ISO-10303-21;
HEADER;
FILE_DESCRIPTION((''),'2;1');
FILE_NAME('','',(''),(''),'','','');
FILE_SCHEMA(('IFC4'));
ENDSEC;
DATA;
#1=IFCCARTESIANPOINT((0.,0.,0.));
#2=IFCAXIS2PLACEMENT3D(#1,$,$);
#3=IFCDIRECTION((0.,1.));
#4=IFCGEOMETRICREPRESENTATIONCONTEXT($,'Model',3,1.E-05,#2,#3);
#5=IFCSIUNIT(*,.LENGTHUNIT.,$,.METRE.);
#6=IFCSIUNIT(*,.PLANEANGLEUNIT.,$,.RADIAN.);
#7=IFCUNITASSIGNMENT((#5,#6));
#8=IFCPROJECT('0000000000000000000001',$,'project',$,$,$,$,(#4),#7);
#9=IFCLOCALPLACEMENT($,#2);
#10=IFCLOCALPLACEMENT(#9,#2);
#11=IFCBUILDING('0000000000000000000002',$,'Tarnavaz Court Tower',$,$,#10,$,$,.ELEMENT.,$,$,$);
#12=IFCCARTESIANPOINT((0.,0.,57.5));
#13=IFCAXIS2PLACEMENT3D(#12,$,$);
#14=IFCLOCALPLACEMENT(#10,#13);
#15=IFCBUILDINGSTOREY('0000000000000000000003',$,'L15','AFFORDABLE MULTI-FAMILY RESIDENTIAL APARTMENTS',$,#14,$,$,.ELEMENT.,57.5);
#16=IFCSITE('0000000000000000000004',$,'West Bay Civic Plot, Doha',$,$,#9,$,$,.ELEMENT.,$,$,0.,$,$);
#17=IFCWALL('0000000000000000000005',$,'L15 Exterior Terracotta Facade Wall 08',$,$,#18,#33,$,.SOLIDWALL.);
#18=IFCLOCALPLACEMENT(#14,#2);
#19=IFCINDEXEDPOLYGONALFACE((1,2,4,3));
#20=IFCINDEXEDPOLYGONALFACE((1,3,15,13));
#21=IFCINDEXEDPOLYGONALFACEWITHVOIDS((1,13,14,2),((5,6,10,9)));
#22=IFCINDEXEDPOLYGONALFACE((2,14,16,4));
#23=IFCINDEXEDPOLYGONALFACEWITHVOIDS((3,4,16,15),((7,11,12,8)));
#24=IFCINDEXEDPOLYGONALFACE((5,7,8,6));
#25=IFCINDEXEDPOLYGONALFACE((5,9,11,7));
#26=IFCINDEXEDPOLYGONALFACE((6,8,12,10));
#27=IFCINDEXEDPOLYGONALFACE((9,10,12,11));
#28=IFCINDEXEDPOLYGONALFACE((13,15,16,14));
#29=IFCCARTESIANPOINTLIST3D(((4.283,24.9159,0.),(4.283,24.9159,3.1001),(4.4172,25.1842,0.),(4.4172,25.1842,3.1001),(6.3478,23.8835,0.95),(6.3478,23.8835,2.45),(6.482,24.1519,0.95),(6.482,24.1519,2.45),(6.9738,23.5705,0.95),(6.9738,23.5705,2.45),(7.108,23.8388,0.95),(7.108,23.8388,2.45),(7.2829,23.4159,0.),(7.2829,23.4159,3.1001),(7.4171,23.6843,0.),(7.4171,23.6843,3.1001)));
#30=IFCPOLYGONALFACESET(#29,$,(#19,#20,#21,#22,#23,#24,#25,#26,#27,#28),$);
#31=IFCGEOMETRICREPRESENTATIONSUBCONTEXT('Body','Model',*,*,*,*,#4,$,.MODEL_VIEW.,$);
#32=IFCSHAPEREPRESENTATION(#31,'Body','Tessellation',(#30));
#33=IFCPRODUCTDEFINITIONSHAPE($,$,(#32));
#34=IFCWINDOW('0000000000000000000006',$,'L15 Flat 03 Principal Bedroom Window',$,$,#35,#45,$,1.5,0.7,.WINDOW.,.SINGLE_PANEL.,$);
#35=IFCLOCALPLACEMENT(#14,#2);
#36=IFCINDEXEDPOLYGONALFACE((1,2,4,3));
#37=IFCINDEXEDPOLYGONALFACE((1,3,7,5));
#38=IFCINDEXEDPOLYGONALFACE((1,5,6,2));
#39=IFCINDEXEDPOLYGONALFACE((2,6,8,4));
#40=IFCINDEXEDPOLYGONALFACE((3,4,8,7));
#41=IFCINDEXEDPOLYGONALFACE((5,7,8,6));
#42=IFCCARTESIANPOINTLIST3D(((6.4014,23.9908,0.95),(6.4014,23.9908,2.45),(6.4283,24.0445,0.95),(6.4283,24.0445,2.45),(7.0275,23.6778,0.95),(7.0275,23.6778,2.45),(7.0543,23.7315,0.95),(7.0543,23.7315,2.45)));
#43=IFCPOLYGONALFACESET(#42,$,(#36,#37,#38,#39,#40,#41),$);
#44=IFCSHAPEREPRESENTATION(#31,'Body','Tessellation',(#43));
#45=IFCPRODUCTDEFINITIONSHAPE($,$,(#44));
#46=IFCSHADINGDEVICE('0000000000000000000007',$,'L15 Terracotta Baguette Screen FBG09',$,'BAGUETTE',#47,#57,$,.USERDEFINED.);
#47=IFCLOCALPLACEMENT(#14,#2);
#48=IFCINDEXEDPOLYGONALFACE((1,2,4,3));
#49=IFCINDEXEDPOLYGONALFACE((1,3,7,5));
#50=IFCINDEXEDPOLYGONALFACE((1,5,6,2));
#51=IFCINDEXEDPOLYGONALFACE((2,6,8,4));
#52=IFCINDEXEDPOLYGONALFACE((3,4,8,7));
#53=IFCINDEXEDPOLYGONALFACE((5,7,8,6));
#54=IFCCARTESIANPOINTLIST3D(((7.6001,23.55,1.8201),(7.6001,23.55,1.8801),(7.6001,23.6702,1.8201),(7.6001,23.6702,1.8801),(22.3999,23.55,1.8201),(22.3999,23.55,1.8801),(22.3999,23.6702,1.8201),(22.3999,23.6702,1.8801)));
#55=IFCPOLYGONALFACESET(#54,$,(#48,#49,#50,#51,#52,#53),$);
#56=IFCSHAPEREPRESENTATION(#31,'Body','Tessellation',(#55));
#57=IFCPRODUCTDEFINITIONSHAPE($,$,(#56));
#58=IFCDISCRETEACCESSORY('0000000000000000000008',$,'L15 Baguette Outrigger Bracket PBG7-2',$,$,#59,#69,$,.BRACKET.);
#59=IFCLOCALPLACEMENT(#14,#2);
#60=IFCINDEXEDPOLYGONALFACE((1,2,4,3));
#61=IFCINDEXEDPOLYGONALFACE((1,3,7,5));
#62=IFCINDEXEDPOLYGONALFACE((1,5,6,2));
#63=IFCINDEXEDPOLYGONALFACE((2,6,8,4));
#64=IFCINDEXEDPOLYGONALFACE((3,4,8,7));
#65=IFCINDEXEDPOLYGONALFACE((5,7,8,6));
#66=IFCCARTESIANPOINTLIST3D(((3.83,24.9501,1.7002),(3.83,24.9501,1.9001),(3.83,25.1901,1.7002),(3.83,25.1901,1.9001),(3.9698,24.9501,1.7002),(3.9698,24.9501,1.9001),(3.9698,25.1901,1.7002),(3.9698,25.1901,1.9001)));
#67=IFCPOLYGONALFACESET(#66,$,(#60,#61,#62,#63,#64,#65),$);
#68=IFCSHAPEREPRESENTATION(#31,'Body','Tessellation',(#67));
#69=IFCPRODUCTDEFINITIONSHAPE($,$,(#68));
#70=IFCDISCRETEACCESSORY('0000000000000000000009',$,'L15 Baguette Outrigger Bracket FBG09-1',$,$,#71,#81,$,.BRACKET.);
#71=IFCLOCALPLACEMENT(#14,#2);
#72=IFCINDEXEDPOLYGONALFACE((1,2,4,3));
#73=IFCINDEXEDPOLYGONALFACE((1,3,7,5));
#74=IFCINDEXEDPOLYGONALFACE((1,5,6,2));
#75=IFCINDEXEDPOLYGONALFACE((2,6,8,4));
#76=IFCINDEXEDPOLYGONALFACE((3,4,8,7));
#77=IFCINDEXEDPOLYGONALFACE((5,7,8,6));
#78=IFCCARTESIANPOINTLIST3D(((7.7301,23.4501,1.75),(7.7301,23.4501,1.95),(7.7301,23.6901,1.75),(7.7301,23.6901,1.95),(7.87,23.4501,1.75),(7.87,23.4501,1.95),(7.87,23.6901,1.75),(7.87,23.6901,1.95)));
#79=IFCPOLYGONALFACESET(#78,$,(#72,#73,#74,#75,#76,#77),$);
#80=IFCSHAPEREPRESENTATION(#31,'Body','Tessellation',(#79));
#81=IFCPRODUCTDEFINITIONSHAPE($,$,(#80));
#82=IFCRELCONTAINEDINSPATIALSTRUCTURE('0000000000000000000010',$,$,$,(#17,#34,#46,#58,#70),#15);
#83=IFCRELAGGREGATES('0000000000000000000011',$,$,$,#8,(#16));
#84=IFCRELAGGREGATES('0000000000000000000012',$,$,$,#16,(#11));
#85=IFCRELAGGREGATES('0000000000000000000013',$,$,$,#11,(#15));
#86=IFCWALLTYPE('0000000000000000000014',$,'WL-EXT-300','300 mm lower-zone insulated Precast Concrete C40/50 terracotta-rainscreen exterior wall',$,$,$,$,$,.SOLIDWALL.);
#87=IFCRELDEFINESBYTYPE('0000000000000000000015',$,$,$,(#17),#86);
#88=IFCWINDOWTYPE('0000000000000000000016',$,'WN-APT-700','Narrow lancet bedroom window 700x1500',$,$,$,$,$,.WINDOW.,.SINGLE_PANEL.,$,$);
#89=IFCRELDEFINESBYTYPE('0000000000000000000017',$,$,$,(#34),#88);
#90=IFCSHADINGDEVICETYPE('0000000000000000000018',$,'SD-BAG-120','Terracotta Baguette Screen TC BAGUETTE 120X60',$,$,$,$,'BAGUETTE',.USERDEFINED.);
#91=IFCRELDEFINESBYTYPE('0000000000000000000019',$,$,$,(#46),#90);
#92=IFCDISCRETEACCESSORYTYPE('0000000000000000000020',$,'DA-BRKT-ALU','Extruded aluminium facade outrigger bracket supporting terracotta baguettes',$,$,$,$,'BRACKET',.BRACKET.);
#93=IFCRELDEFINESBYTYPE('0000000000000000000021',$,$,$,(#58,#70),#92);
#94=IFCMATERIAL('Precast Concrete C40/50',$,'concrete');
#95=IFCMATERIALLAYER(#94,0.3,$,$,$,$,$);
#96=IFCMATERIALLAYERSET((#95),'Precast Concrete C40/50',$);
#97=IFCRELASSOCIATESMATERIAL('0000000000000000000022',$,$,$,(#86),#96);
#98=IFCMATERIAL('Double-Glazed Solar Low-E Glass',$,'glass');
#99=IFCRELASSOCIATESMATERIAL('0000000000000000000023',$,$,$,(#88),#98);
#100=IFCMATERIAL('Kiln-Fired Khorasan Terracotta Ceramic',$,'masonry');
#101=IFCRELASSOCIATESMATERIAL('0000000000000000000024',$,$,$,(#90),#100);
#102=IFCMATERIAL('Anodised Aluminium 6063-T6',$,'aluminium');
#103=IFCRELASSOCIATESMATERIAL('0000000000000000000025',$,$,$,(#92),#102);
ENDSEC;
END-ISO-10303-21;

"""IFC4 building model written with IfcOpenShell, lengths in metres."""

from ifc_helpers import new_model, si_unit, direction, frame, frame_2d, origin, origin_2d, place, context, subcontext, project, spatial, rectangle, extrude, material, layer, layer_set, material_profile, profile_set, type_object, element, fill, save


model = new_model("IFC4")

# Units and contexts
model_context = context("Model", 3, precision=1e-05, world=origin(), true_north=direction((0.0, 1.0)))
body_context = subcontext(model_context, "Body", "Model", "MODEL_VIEW")
ifc_project = project(units=[si_unit("LENGTHUNIT", "METRE"), si_unit("PLANEANGLEUNIT", "RADIAN")], contexts=[model_context])

# Site, building, storey
site_placement = place(None, origin())
site = spatial("IfcSite", under=ifc_project, at=site_placement, Name="West Bay Civic Plot, Doha", CompositionType="ELEMENT", RefElevation=0.0)
building_placement = place(site_placement, origin())
building = spatial("IfcBuilding", under=site, at=building_placement, Name="Tarnavaz Court Tower", CompositionType="ELEMENT")
storey_placement = place(building_placement, frame((0.0, 0.0, 57.5)))
storey = spatial("IfcBuildingStorey", under=building, at=storey_placement, Name="L15", Description="AFFORDABLE MULTI-FAMILY RESIDENTIAL APARTMENTS", CompositionType="ELEMENT", Elevation=57.5)

# Shared definitions
ifc_material_1 = material(Name="Anodised Aluminium 6063-T6", Category="aluminium")
ifc_material_2 = material(Name="Double-Glazed Solar Low-E Glass", Category="glass")

# Wall, opening, window
ifc_material_3 = material(Name="Precast Concrete C40/50", Category="concrete")
ifc_layer_1 = layer(ifc_material_3, 0.3)
ifc_layer_set_1 = layer_set([ifc_layer_1], Name="Precast Concrete C40/50")
wall_type = type_object("IfcWallType", Name="WL-EXT-300", Description="300 mm lower-zone insulated Precast Concrete C40/50 terracotta-rainscreen exterior wall", PredefinedType="SOLIDWALL", material=ifc_layer_set_1)
wall_placement = place(storey_placement, frame((4.3501, 25.05, 0.0), z_axis=(0.0, 0.0, 1.0), x_axis=(0.894427, -0.447214, 0.0)))
wall = element("IfcWall", 1, at=wall_placement, inside=storey, type_object=wall_type, Name="L15 Exterior Terracotta Facade Wall 08", PredefinedType="SOLIDWALL", context=body_context, shape_type="SweptSolid", body=[
    extrude(rectangle(XDim=3.354, YDim=0.3, at=frame_2d((1.677, 0.0))), origin(), (0.0, 0.0, 1.0), 3.1001),
])
opening_placement = place(wall_placement, frame((2.3083, 0.0, 0.95)))
opening = element("IfcOpeningElement", 2, at=opening_placement, cuts=wall, PredefinedType="OPENING", context=body_context, shape_type="SweptSolid", body=[
    extrude(rectangle(XDim=0.7, YDim=1.5, at=frame_2d((0.3501, 0.75))), frame((0.0, 0.1599, 0.0), z_axis=(0.0, -1.0, 0.0), x_axis=(1.0, 0.0, 0.0)), (0.0, 0.0, 1.0), 0.3201),
])
window_type = type_object("IfcWindowType", Name="WN-APT-700", Description="Narrow lancet bedroom window 700x1500", PartitioningType="SINGLE_PANEL", PredefinedType="WINDOW", material=ifc_material_2)
window_placement = place(opening_placement, origin())
window = element("IfcWindow", 3, at=window_placement, inside=storey, type_object=window_type, Name="L15 Flat 03 Principal Bedroom Window", OverallHeight=1.5, OverallWidth=0.7, PartitioningType="SINGLE_PANEL", PredefinedType="WINDOW", context=body_context, shape_type="SweptSolid", body=[
    extrude(rectangle(XDim=0.7, YDim=1.5, at=frame_2d((0.3501, 0.75))), frame((0.0, 0.03, 0.0), z_axis=(0.0, -1.0, 0.0), x_axis=(1.0, 0.0, 0.0)), (0.0, 0.0, 1.0), 0.0601),
])
fill(opening, window)

# Shading device
ifc_material_4 = material(Name="Kiln-Fired Khorasan Terracotta Ceramic", Category="masonry")
ifc_material_profile_1 = material_profile(ifc_material_4, rectangle(XDim=0.1201, YDim=0.0601, at=origin_2d()), Name="TC BAGUETTE 120X60")
ifc_profile_set_1 = profile_set([ifc_material_profile_1], Name="Kiln-Fired Khorasan Terracotta Ceramic")
shading_device_type = type_object("IfcShadingDeviceType", Name="SD-BAG-120", Description="Terracotta Baguette Screen TC BAGUETTE 120X60", ElementType="BAGUETTE", PredefinedType="USERDEFINED", material=ifc_profile_set_1)
shading_device_placement = place(storey_placement, frame((7.6001, 23.6101, 1.8501), z_axis=(1.0, 0.0, 0.0), x_axis=(0.0, 1.0, 0.0)))
element("IfcShadingDevice", 4, at=shading_device_placement, inside=storey, type_object=shading_device_type, Name="L15 Terracotta Baguette Screen FBG09", ObjectType="BAGUETTE", PredefinedType="USERDEFINED", context=body_context, shape_type="SweptSolid", body=[
    extrude(rectangle(XDim=0.1201, YDim=0.0601, at=origin_2d()), origin(), (0.0, 0.0, 1.0), 14.7998),
])

# Discrete accessories
discrete_accessory_type = type_object("IfcDiscreteAccessoryType", Name="DA-BRKT-ALU", Description="Extruded aluminium facade outrigger bracket supporting terracotta baguettes", ElementType="BRACKET", PredefinedType="BRACKET", material=ifc_material_1)
for number, where, z_axis, x_axis, name in (
    (5, (3.8999, 25.0701, 1.7002), (0.0, 0.0, 1.0), (1.0, 0.0, 0.0), "L15 Baguette Outrigger Bracket PBG7-2"),
    (6, (7.8, 23.5701, 1.75), (0.0, 0.0, 1.0), (1.0, 0.0, 0.0), "L15 Baguette Outrigger Bracket FBG09-1"),
):
    element("IfcDiscreteAccessory", number, at=place(storey_placement, frame(where, z_axis=z_axis, x_axis=x_axis)), inside=storey, type_object=discrete_accessory_type, Name=name, PredefinedType="BRACKET", context=body_context, shape_type="SweptSolid", body=[
        extrude(rectangle(XDim=0.1399, YDim=0.24, at=origin_2d()), origin(), (0.0, 0.0, 1.0), 0.2),
    ])

save(model, "model.ifc")
